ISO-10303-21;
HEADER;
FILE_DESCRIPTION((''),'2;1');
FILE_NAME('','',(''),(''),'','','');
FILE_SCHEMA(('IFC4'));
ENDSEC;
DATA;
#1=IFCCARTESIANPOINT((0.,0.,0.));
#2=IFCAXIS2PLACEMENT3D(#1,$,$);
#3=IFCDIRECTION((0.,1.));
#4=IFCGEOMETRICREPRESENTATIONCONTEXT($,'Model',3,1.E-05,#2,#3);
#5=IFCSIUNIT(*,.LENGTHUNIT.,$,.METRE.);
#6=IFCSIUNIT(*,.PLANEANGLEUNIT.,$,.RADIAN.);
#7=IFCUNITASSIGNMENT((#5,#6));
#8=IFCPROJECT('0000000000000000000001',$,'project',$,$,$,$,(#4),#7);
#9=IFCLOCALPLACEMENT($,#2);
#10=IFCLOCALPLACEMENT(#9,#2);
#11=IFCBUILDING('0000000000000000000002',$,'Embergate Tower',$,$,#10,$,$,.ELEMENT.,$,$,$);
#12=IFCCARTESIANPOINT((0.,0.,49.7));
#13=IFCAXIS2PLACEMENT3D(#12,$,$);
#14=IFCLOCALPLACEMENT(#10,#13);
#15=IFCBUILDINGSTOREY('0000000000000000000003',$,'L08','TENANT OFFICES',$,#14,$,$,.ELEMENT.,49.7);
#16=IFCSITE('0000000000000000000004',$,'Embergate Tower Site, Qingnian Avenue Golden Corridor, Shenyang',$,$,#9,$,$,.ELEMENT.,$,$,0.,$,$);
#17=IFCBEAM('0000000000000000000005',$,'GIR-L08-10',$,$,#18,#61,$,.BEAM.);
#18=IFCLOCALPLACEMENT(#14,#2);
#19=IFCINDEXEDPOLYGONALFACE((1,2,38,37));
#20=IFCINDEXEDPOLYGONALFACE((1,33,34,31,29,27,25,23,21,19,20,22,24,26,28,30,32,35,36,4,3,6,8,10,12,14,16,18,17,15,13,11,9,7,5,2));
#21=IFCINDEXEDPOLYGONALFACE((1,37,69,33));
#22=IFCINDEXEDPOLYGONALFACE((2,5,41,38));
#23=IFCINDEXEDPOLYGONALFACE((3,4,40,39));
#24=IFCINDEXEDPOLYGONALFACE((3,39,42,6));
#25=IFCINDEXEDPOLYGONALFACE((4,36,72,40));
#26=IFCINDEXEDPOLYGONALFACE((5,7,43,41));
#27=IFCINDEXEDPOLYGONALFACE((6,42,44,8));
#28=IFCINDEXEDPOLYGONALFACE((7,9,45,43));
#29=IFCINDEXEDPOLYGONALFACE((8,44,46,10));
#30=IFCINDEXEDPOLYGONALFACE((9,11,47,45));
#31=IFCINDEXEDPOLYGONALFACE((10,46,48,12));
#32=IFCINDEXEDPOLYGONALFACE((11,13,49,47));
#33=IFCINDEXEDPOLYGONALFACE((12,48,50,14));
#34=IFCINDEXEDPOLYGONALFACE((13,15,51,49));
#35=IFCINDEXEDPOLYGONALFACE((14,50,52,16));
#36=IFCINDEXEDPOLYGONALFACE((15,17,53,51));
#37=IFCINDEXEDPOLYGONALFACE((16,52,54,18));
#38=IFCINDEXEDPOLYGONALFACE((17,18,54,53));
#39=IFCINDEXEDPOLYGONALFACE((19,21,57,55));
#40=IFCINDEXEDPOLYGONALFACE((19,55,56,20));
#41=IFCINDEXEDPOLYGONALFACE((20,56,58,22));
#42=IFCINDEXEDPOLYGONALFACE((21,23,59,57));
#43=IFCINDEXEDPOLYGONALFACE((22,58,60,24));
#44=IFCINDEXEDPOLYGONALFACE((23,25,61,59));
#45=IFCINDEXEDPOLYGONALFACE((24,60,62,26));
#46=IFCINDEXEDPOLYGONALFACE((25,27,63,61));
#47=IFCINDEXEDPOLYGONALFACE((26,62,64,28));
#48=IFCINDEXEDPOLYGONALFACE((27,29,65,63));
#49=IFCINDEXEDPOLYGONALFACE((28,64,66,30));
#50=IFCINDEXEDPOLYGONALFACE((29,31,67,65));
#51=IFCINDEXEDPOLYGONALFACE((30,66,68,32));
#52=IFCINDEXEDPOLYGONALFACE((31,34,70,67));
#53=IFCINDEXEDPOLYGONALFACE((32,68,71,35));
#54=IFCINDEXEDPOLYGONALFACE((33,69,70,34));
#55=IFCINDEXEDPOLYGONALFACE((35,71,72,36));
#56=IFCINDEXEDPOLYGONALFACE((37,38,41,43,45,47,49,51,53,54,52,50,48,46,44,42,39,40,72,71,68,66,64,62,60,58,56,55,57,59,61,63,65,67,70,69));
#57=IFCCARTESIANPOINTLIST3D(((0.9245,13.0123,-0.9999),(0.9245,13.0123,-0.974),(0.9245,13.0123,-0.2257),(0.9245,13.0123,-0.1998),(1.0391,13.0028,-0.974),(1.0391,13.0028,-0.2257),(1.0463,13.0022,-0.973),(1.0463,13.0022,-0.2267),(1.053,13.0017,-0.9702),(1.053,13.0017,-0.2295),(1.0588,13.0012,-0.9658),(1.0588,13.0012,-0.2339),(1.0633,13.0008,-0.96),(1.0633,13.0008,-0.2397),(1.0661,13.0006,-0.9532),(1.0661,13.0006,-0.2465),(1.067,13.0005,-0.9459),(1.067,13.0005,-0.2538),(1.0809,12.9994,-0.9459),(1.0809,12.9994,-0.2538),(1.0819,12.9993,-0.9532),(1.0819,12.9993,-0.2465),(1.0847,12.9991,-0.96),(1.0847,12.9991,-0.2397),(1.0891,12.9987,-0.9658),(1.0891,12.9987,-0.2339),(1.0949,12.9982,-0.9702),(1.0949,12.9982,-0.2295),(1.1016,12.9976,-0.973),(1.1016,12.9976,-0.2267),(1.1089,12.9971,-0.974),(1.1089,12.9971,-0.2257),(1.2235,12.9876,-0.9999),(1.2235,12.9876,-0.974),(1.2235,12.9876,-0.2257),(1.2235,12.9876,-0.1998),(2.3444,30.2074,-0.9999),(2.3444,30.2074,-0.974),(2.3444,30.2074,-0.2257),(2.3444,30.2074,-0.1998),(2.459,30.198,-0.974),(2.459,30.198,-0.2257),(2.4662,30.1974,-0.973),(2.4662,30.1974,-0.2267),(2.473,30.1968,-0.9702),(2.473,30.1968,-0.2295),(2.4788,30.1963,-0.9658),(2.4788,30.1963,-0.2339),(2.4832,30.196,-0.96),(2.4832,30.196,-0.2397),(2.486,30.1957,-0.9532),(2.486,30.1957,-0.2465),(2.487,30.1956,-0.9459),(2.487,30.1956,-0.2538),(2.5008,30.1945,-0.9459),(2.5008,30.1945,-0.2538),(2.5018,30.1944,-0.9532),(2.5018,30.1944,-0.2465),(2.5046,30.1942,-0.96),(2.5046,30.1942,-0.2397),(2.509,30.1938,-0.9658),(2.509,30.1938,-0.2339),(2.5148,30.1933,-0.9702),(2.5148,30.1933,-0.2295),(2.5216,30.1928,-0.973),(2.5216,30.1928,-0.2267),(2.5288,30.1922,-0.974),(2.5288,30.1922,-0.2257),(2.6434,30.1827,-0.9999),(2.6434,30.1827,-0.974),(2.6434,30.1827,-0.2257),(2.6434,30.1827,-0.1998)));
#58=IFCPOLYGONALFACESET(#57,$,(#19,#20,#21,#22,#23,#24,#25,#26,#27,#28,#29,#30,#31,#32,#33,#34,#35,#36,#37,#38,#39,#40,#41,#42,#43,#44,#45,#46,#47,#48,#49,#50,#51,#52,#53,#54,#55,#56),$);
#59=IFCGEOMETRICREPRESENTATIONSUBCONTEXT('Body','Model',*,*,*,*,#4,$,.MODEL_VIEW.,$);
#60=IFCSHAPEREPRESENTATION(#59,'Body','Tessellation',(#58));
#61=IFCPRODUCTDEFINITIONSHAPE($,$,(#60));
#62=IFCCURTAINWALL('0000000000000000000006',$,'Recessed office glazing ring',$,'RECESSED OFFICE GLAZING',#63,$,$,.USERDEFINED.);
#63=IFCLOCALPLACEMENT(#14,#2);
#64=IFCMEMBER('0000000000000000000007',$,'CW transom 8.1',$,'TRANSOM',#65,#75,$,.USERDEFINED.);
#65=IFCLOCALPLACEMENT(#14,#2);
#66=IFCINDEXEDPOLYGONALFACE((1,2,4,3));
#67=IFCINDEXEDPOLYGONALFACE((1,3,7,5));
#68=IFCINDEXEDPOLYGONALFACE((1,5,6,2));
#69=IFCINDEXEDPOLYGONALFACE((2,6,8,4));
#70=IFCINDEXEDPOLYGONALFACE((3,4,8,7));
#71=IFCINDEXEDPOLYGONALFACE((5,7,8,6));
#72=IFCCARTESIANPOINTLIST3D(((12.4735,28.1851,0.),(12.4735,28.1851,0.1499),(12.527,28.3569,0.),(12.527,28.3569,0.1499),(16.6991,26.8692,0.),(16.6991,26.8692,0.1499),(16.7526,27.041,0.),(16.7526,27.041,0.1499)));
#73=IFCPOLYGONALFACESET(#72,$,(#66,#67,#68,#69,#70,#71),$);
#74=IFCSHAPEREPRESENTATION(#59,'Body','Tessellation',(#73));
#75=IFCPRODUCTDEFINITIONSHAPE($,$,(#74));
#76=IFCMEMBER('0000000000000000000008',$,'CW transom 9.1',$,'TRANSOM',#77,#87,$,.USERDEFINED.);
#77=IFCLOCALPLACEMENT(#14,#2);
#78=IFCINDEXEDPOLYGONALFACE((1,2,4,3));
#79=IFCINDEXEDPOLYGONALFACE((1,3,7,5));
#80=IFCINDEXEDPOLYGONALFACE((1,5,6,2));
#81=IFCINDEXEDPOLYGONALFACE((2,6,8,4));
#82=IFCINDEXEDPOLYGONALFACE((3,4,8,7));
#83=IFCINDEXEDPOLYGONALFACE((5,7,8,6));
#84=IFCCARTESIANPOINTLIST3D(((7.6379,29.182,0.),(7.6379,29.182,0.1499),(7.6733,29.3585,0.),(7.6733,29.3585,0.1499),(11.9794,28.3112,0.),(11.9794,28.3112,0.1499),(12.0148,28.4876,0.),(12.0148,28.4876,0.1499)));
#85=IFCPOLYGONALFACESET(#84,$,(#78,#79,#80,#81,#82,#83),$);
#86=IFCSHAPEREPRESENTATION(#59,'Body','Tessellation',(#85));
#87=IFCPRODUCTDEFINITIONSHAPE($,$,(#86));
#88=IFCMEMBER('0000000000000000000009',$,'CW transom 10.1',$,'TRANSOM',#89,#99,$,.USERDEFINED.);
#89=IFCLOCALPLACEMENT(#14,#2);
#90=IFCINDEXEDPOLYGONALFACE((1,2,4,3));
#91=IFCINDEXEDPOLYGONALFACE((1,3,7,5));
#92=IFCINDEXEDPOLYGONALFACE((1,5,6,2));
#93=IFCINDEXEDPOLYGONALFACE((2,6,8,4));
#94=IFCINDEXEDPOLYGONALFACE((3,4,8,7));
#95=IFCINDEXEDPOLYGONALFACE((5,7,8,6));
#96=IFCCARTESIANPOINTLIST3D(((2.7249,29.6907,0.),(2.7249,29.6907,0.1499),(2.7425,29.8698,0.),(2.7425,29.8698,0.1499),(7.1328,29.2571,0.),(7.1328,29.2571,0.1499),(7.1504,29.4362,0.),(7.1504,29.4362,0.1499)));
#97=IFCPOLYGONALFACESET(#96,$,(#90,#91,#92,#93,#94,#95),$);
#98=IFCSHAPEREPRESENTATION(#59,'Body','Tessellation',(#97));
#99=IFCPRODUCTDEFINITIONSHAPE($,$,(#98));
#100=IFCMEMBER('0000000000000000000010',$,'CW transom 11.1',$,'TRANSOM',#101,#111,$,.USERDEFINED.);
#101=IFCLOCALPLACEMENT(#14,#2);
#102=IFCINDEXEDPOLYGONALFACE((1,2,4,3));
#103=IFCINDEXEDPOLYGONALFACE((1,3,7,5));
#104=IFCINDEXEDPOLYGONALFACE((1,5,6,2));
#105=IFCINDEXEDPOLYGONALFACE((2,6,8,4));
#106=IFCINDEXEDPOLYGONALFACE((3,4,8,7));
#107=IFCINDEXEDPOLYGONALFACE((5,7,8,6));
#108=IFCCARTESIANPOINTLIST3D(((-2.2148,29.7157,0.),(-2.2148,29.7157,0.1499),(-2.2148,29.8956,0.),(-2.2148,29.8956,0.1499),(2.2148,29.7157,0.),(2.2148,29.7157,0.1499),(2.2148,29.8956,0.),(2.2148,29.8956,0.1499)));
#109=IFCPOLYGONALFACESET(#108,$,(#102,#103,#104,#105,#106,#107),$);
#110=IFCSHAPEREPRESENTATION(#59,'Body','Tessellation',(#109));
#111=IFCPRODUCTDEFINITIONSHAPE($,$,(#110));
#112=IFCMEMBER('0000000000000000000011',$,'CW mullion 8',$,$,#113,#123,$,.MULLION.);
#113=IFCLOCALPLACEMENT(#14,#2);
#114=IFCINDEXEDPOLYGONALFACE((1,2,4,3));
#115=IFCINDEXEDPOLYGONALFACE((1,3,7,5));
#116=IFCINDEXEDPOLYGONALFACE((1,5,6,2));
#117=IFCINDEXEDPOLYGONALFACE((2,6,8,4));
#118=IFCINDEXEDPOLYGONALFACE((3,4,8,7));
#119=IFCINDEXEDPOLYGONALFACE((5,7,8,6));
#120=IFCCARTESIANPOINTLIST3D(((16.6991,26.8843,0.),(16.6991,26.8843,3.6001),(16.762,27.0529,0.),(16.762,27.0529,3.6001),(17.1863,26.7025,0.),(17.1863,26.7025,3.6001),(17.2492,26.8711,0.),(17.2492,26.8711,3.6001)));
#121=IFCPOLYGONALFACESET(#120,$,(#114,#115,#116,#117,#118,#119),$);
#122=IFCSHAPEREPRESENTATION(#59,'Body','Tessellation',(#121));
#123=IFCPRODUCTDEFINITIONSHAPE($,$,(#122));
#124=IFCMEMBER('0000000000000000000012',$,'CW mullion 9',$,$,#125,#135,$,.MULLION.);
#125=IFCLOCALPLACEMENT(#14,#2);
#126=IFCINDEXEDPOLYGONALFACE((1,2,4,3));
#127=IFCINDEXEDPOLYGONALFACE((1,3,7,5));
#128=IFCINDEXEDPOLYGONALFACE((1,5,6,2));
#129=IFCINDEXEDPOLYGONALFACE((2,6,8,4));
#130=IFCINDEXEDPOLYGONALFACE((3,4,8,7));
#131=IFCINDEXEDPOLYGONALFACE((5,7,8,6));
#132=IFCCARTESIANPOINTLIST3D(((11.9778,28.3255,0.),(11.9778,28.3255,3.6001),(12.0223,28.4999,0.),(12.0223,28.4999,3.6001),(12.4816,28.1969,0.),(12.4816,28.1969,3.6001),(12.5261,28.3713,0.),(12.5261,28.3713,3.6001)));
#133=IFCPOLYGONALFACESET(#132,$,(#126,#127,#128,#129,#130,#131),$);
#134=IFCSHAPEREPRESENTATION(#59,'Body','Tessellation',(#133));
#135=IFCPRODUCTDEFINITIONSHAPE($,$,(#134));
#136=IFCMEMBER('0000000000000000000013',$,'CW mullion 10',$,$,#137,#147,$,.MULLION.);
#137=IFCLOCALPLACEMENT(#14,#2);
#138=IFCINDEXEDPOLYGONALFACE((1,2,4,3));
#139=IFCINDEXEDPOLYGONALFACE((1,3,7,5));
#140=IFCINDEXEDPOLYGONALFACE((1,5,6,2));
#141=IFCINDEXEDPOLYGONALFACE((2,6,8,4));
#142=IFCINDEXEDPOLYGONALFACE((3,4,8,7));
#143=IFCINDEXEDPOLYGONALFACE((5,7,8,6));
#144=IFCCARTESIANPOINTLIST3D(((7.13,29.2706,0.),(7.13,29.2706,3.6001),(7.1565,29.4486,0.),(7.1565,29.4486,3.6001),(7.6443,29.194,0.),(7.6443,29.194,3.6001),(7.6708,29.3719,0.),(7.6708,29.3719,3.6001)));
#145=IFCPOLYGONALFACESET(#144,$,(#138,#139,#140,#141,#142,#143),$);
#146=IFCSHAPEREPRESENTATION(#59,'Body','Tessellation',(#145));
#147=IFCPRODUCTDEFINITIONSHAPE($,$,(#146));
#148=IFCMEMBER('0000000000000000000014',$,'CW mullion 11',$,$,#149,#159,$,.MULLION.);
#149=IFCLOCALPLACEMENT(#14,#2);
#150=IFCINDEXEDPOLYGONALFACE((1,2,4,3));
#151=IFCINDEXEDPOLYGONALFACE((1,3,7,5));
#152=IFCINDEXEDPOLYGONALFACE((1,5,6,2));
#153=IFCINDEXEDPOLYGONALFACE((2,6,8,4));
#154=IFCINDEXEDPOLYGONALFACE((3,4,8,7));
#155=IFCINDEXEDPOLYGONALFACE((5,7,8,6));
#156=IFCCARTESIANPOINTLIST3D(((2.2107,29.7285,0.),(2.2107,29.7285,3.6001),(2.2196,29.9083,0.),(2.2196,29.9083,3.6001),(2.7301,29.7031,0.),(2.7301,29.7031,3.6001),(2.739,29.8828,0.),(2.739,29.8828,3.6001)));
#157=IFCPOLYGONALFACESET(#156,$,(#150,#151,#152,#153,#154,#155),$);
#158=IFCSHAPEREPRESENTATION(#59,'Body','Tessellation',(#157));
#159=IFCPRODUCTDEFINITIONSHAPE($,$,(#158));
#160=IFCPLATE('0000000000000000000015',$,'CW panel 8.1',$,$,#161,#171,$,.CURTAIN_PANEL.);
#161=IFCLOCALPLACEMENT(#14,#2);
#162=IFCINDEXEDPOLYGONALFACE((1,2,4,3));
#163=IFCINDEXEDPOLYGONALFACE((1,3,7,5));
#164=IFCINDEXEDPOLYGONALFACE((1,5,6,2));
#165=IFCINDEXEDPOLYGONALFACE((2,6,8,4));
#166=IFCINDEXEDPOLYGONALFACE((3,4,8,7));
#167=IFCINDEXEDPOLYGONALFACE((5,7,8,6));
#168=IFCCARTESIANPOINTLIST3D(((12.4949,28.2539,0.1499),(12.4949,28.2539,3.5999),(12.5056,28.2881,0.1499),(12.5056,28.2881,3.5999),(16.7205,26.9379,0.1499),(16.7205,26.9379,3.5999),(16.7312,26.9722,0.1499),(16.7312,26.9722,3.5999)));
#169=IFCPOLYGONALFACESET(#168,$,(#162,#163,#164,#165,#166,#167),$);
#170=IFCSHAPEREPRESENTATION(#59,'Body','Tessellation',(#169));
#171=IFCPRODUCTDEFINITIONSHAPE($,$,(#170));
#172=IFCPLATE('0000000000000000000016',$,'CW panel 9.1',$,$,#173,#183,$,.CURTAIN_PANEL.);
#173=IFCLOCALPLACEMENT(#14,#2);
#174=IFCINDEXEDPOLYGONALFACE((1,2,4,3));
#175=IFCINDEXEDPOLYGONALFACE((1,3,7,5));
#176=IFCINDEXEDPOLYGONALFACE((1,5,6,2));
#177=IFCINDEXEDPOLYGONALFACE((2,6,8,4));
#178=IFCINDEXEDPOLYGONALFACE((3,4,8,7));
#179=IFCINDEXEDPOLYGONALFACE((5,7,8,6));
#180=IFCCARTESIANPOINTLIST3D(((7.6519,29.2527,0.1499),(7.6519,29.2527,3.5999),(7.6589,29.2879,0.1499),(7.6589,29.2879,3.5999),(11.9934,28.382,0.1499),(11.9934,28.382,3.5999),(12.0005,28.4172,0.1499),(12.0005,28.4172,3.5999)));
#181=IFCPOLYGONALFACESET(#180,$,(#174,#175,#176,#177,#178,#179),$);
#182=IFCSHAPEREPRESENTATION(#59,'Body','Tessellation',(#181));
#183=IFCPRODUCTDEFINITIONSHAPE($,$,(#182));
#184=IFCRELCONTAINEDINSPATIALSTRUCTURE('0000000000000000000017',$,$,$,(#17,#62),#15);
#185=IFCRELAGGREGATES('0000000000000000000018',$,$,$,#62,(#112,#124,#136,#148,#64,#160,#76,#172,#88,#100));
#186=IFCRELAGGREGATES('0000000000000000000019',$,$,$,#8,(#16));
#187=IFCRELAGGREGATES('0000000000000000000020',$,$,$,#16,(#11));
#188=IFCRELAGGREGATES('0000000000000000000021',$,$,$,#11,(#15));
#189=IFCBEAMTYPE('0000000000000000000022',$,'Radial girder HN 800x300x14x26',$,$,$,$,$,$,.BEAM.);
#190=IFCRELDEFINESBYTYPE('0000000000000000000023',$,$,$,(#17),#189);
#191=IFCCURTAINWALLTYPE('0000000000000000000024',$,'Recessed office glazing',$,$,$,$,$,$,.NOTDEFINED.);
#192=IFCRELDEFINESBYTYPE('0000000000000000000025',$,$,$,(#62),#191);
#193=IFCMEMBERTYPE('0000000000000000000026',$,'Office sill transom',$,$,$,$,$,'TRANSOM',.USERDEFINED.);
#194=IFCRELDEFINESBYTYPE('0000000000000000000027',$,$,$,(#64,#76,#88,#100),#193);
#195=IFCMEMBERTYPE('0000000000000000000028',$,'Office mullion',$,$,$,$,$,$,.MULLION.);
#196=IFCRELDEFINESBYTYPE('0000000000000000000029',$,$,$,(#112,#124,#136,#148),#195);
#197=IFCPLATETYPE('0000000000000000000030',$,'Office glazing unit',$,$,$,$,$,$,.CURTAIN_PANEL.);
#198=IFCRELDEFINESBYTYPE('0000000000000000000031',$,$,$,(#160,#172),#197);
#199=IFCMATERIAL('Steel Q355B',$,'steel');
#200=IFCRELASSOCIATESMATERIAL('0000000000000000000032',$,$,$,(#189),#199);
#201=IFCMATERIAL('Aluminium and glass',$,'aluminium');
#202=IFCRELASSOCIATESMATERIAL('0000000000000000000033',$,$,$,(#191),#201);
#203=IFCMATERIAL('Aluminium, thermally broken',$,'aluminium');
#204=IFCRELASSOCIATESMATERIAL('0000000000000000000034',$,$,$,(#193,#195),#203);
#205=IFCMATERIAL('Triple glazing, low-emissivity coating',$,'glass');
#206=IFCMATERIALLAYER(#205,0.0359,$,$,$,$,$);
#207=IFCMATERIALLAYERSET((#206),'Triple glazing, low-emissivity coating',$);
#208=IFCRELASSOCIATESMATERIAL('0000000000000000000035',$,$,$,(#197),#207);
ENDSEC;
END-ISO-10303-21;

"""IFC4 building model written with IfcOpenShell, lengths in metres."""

from ifc_helpers import new_model, si_unit, direction, frame, origin, origin_2d, place, context, subcontext, project, spatial, rectangle, i_section, extrude, source, transform, mapped, material, layer, layer_set, material_profile, profile_set, type_object, element, aggregate, save


model = new_model("IFC4")

# Units and contexts
model_context = context("Model", 3, precision=1e-05, world=origin(), true_north=direction((0.0, 1.0)))
body_context = subcontext(model_context, "Body", "Model", "MODEL_VIEW")
ifc_project = project(units=[si_unit("LENGTHUNIT", "METRE"), si_unit("PLANEANGLEUNIT", "RADIAN")], contexts=[model_context])

# Site, building, storey
site_placement = place(None, origin())
site = spatial("IfcSite", under=ifc_project, at=site_placement, Name="Embergate Tower Site, Qingnian Avenue Golden Corridor, Shenyang", CompositionType="ELEMENT", RefElevation=0.0)
building_placement = place(site_placement, origin())
building = spatial("IfcBuilding", under=site, at=building_placement, Name="Embergate Tower", CompositionType="ELEMENT")
storey_placement = place(building_placement, frame((0.0, 0.0, 49.7)))
storey = spatial("IfcBuildingStorey", under=building, at=storey_placement, Name="L08", Description="TENANT OFFICES", CompositionType="ELEMENT", Elevation=49.7)

# Beam
ifc_material_1 = material(Name="Steel Q355B", Category="steel")
ifc_material_profile_1 = material_profile(ifc_material_1, i_section(OverallWidth=0.3, OverallDepth=0.8, WebThickness=0.0139, FlangeThickness=0.0259, FilletRadius=0.0281, at=origin_2d()), Name="HN 800x300x14x26")
ifc_profile_set_1 = profile_set([ifc_material_profile_1], Name="Steel Q355 grade B")
beam_type_1 = type_object("IfcBeamType", Name="Radial girder HN 800x300x14x26", PredefinedType="BEAM", material=ifc_profile_set_1)
shared_shape_1 = source(origin(), body_context, "Body", "SweptSolid", [
    extrude(i_section(OverallWidth=0.3, OverallDepth=0.8, WebThickness=0.0139, FlangeThickness=0.0259, FilletRadius=0.0281, at=origin_2d()), origin(), (0.0, 0.0, 1.0), 17.2537),
])
beam_1_placement = place(storey_placement, frame((2.4939, 30.1951, -0.5999), z_axis=(-0.082297, -0.996608, 0.0), x_axis=(0.996608, -0.082297, 0.0)))
element("IfcBeam", 1, at=beam_1_placement, inside=storey, type_object=beam_type_1, Name="GIR-L08-10", PredefinedType="BEAM", context=body_context, shape_type="MappedRepresentation", body=[
    mapped(shared_shape_1, transform((0.0, 0.0, 0.0))),
])

# Curtain wall, members, plates
ifc_material_2 = material(Name="Aluminium and glass", Category="aluminium")
curtain_wall_type = type_object("IfcCurtainWallType", Name="Recessed office glazing", PredefinedType="NOTDEFINED", material=ifc_material_2)
curtain_wall_placement = place(storey_placement, origin())
curtain_wall = element("IfcCurtainWall", 2, at=curtain_wall_placement, inside=storey, type_object=curtain_wall_type, Name="Recessed office glazing ring", ObjectType="RECESSED OFFICE GLAZING", PredefinedType="USERDEFINED")
ifc_material_3 = material(Name="Aluminium, thermally broken", Category="aluminium")
ifc_material_profile_2 = material_profile(ifc_material_3, rectangle(XDim=0.1799, YDim=0.1499, at=origin_2d()), Name="AL 150x180")
ifc_profile_set_2 = profile_set([ifc_material_profile_2], Name="Aluminium, thermally broken")
member_type_1 = type_object("IfcMemberType", Name="Office sill transom", ElementType="TRANSOM", PredefinedType="USERDEFINED", material=ifc_profile_set_2)
shared_shape_2 = source(origin(), body_context, "Body", "SweptSolid", [
    extrude(rectangle(XDim=0.1799, YDim=0.1499, at=origin_2d()), origin(), (0.0, 0.0, 1.0), 4.4258),
])
member_1_placement = place(storey_placement, frame((16.7258, 26.9551, 0.075), z_axis=(-0.954774, 0.297333, 0.0), x_axis=(-0.297333, -0.954774, 0.0)))
member_1 = element("IfcMember", 3, at=member_1_placement, type_object=member_type_1, Name="CW transom 8.1", ObjectType="TRANSOM", PredefinedType="USERDEFINED", context=body_context, shape_type="MappedRepresentation", body=[
    mapped(shared_shape_2, transform((0.0, 0.0, 0.0))),
])
shared_shape_3 = source(origin(), body_context, "Body", "SweptSolid", [
    extrude(rectangle(XDim=0.1799, YDim=0.1499, at=origin_2d()), origin(), (0.0, 0.0, 1.0), 4.428),
])
member_2_placement = place(storey_placement, frame((11.9971, 28.3994, 0.075), z_axis=(-0.98047, 0.196667, 0.0), x_axis=(-0.196667, -0.98047, 0.0)))
member_2 = element("IfcMember", 4, at=member_2_placement, type_object=member_type_1, Name="CW transom 9.1", ObjectType="TRANSOM", PredefinedType="USERDEFINED", context=body_context, shape_type="MappedRepresentation", body=[
    mapped(shared_shape_3, transform((0.0, 0.0, 0.0))),
])
shared_shape_4 = source(origin(), body_context, "Body", "SweptSolid", [
    extrude(rectangle(XDim=0.1799, YDim=0.1499, at=origin_2d()), origin(), (0.0, 0.0, 1.0), 4.4292),
])
member_3_placement = place(storey_placement, frame((7.1416, 29.3467, 0.075), z_axis=(-0.995197, 0.097894, 0.0), x_axis=(-0.097894, -0.995197, 0.0)))
member_3 = element("IfcMember", 5, at=member_3_placement, type_object=member_type_1, Name="CW transom 10.1", ObjectType="TRANSOM", PredefinedType="USERDEFINED", context=body_context, shape_type="MappedRepresentation", body=[
    mapped(shared_shape_4, transform((0.0, 0.0, 0.0))),
])
shared_shape_5 = source(origin(), body_context, "Body", "SweptSolid", [
    extrude(rectangle(XDim=0.1799, YDim=0.1499, at=origin_2d()), origin(), (0.0, 0.0, 1.0), 4.4297),
])
member_4_placement = place(storey_placement, frame((2.2148, 29.8057, 0.075), z_axis=(-1.0, 0.0, 0.0), x_axis=(0.0, -1.0, 0.0)))
member_4 = element("IfcMember", 6, at=member_4_placement, type_object=member_type_1, Name="CW transom 11.1", ObjectType="TRANSOM", PredefinedType="USERDEFINED", context=body_context, shape_type="MappedRepresentation", body=[
    mapped(shared_shape_5, transform((0.0, 0.0, 0.0))),
])
ifc_material_profile_3 = material_profile(ifc_material_3, rectangle(XDim=0.1799, YDim=0.52, at=origin_2d()), Name="AL 520x180")
ifc_profile_set_3 = profile_set([ifc_material_profile_3], Name="Aluminium, thermally broken")
member_type_2 = type_object("IfcMemberType", Name="Office mullion", PredefinedType="MULLION", material=ifc_profile_set_3)
shared_shape_6 = source(origin(), body_context, "Body", "SweptSolid", [
    extrude(rectangle(XDim=0.1799, YDim=0.52, at=origin_2d()), origin(), (0.0, 0.0, 1.0), 3.6001),
])
member_5_placement = place(storey_placement, frame((16.9741, 26.8777, 0.0), z_axis=(0.0, 0.0, 1.0), x_axis=(-0.349503, -0.936935, 0.0)))
member_5 = element("IfcMember", 7, at=member_5_placement, type_object=member_type_2, Name="CW mullion 8", PredefinedType="MULLION", context=body_context, shape_type="MappedRepresentation", body=[
    mapped(shared_shape_6, transform((0.0, 0.0, 0.0))),
])
member_6_placement = place(storey_placement, frame((12.252, 28.3484, 0.0), z_axis=(0.0, 0.0, 1.0), x_axis=(-0.247312, -0.968936, 0.0)))
member_6 = element("IfcMember", 8, at=member_6_placement, type_object=member_type_2, Name="CW mullion 9", PredefinedType="MULLION", context=body_context, shape_type="MappedRepresentation", body=[
    mapped(shared_shape_6, transform((0.0, 0.0, 0.0))),
])
member_7_placement = place(storey_placement, frame((7.4004, 29.3213, 0.0), z_axis=(0.0, 0.0, 1.0), x_axis=(-0.147412, -0.989075, 0.0)))
member_7 = element("IfcMember", 9, at=member_7_placement, type_object=member_type_2, Name="CW mullion 10", PredefinedType="MULLION", context=body_context, shape_type="MappedRepresentation", body=[
    mapped(shared_shape_6, transform((0.0, 0.0, 0.0))),
])
member_8_placement = place(storey_placement, frame((2.4749, 29.8057, 0.0), z_axis=(0.0, 0.0, 1.0), x_axis=(-0.048972, -0.9988, 0.0)))
member_8 = element("IfcMember", 10, at=member_8_placement, type_object=member_type_2, Name="CW mullion 11", PredefinedType="MULLION", context=body_context, shape_type="MappedRepresentation", body=[
    mapped(shared_shape_6, transform((0.0, 0.0, 0.0))),
])
ifc_material_4 = material(Name="Triple glazing, low-emissivity coating", Category="glass")
ifc_layer_1 = layer(ifc_material_4, 0.0359)
ifc_layer_set_1 = layer_set([ifc_layer_1], Name="Triple glazing, low-emissivity coating")
plate_type = type_object("IfcPlateType", Name="Office glazing unit", PredefinedType="CURTAIN_PANEL", material=ifc_layer_set_1)
shared_shape_7 = source(origin(), body_context, "Body", "SweptSolid", [
    extrude(rectangle(XDim=4.4258, YDim=0.0359, at=origin_2d()), origin(), (0.0, 0.0, 1.0), 3.45),
])
plate_1_placement = place(storey_placement, frame((14.613, 27.613, 0.1499), z_axis=(0.0, 0.0, 1.0), x_axis=(-0.954772, 0.297338, 0.0)))
plate_1 = element("IfcPlate", 11, at=plate_1_placement, type_object=plate_type, Name="CW panel 8.1", PredefinedType="CURTAIN_PANEL", context=body_context, shape_type="MappedRepresentation", body=[
    mapped(shared_shape_7, transform((0.0, 0.0, 0.0))),
])
shared_shape_8 = source(origin(), body_context, "Body", "SweptSolid", [
    extrude(rectangle(XDim=4.428, YDim=0.0359, at=origin_2d()), origin(), (0.0, 0.0, 1.0), 3.45),
])
plate_2_placement = place(storey_placement, frame((9.8262, 28.835, 0.1499), z_axis=(0.0, 0.0, 1.0), x_axis=(-0.980476, 0.196639, 0.0)))
plate_2 = element("IfcPlate", 12, at=plate_2_placement, type_object=plate_type, Name="CW panel 9.1", PredefinedType="CURTAIN_PANEL", context=body_context, shape_type="MappedRepresentation", body=[
    mapped(shared_shape_8, transform((0.0, 0.0, 0.0))),
])
aggregate(curtain_wall, [member_5, member_6, member_7, member_8, member_1, plate_1, member_2, plate_2, member_3, member_4])

save(model, "model.ifc")
